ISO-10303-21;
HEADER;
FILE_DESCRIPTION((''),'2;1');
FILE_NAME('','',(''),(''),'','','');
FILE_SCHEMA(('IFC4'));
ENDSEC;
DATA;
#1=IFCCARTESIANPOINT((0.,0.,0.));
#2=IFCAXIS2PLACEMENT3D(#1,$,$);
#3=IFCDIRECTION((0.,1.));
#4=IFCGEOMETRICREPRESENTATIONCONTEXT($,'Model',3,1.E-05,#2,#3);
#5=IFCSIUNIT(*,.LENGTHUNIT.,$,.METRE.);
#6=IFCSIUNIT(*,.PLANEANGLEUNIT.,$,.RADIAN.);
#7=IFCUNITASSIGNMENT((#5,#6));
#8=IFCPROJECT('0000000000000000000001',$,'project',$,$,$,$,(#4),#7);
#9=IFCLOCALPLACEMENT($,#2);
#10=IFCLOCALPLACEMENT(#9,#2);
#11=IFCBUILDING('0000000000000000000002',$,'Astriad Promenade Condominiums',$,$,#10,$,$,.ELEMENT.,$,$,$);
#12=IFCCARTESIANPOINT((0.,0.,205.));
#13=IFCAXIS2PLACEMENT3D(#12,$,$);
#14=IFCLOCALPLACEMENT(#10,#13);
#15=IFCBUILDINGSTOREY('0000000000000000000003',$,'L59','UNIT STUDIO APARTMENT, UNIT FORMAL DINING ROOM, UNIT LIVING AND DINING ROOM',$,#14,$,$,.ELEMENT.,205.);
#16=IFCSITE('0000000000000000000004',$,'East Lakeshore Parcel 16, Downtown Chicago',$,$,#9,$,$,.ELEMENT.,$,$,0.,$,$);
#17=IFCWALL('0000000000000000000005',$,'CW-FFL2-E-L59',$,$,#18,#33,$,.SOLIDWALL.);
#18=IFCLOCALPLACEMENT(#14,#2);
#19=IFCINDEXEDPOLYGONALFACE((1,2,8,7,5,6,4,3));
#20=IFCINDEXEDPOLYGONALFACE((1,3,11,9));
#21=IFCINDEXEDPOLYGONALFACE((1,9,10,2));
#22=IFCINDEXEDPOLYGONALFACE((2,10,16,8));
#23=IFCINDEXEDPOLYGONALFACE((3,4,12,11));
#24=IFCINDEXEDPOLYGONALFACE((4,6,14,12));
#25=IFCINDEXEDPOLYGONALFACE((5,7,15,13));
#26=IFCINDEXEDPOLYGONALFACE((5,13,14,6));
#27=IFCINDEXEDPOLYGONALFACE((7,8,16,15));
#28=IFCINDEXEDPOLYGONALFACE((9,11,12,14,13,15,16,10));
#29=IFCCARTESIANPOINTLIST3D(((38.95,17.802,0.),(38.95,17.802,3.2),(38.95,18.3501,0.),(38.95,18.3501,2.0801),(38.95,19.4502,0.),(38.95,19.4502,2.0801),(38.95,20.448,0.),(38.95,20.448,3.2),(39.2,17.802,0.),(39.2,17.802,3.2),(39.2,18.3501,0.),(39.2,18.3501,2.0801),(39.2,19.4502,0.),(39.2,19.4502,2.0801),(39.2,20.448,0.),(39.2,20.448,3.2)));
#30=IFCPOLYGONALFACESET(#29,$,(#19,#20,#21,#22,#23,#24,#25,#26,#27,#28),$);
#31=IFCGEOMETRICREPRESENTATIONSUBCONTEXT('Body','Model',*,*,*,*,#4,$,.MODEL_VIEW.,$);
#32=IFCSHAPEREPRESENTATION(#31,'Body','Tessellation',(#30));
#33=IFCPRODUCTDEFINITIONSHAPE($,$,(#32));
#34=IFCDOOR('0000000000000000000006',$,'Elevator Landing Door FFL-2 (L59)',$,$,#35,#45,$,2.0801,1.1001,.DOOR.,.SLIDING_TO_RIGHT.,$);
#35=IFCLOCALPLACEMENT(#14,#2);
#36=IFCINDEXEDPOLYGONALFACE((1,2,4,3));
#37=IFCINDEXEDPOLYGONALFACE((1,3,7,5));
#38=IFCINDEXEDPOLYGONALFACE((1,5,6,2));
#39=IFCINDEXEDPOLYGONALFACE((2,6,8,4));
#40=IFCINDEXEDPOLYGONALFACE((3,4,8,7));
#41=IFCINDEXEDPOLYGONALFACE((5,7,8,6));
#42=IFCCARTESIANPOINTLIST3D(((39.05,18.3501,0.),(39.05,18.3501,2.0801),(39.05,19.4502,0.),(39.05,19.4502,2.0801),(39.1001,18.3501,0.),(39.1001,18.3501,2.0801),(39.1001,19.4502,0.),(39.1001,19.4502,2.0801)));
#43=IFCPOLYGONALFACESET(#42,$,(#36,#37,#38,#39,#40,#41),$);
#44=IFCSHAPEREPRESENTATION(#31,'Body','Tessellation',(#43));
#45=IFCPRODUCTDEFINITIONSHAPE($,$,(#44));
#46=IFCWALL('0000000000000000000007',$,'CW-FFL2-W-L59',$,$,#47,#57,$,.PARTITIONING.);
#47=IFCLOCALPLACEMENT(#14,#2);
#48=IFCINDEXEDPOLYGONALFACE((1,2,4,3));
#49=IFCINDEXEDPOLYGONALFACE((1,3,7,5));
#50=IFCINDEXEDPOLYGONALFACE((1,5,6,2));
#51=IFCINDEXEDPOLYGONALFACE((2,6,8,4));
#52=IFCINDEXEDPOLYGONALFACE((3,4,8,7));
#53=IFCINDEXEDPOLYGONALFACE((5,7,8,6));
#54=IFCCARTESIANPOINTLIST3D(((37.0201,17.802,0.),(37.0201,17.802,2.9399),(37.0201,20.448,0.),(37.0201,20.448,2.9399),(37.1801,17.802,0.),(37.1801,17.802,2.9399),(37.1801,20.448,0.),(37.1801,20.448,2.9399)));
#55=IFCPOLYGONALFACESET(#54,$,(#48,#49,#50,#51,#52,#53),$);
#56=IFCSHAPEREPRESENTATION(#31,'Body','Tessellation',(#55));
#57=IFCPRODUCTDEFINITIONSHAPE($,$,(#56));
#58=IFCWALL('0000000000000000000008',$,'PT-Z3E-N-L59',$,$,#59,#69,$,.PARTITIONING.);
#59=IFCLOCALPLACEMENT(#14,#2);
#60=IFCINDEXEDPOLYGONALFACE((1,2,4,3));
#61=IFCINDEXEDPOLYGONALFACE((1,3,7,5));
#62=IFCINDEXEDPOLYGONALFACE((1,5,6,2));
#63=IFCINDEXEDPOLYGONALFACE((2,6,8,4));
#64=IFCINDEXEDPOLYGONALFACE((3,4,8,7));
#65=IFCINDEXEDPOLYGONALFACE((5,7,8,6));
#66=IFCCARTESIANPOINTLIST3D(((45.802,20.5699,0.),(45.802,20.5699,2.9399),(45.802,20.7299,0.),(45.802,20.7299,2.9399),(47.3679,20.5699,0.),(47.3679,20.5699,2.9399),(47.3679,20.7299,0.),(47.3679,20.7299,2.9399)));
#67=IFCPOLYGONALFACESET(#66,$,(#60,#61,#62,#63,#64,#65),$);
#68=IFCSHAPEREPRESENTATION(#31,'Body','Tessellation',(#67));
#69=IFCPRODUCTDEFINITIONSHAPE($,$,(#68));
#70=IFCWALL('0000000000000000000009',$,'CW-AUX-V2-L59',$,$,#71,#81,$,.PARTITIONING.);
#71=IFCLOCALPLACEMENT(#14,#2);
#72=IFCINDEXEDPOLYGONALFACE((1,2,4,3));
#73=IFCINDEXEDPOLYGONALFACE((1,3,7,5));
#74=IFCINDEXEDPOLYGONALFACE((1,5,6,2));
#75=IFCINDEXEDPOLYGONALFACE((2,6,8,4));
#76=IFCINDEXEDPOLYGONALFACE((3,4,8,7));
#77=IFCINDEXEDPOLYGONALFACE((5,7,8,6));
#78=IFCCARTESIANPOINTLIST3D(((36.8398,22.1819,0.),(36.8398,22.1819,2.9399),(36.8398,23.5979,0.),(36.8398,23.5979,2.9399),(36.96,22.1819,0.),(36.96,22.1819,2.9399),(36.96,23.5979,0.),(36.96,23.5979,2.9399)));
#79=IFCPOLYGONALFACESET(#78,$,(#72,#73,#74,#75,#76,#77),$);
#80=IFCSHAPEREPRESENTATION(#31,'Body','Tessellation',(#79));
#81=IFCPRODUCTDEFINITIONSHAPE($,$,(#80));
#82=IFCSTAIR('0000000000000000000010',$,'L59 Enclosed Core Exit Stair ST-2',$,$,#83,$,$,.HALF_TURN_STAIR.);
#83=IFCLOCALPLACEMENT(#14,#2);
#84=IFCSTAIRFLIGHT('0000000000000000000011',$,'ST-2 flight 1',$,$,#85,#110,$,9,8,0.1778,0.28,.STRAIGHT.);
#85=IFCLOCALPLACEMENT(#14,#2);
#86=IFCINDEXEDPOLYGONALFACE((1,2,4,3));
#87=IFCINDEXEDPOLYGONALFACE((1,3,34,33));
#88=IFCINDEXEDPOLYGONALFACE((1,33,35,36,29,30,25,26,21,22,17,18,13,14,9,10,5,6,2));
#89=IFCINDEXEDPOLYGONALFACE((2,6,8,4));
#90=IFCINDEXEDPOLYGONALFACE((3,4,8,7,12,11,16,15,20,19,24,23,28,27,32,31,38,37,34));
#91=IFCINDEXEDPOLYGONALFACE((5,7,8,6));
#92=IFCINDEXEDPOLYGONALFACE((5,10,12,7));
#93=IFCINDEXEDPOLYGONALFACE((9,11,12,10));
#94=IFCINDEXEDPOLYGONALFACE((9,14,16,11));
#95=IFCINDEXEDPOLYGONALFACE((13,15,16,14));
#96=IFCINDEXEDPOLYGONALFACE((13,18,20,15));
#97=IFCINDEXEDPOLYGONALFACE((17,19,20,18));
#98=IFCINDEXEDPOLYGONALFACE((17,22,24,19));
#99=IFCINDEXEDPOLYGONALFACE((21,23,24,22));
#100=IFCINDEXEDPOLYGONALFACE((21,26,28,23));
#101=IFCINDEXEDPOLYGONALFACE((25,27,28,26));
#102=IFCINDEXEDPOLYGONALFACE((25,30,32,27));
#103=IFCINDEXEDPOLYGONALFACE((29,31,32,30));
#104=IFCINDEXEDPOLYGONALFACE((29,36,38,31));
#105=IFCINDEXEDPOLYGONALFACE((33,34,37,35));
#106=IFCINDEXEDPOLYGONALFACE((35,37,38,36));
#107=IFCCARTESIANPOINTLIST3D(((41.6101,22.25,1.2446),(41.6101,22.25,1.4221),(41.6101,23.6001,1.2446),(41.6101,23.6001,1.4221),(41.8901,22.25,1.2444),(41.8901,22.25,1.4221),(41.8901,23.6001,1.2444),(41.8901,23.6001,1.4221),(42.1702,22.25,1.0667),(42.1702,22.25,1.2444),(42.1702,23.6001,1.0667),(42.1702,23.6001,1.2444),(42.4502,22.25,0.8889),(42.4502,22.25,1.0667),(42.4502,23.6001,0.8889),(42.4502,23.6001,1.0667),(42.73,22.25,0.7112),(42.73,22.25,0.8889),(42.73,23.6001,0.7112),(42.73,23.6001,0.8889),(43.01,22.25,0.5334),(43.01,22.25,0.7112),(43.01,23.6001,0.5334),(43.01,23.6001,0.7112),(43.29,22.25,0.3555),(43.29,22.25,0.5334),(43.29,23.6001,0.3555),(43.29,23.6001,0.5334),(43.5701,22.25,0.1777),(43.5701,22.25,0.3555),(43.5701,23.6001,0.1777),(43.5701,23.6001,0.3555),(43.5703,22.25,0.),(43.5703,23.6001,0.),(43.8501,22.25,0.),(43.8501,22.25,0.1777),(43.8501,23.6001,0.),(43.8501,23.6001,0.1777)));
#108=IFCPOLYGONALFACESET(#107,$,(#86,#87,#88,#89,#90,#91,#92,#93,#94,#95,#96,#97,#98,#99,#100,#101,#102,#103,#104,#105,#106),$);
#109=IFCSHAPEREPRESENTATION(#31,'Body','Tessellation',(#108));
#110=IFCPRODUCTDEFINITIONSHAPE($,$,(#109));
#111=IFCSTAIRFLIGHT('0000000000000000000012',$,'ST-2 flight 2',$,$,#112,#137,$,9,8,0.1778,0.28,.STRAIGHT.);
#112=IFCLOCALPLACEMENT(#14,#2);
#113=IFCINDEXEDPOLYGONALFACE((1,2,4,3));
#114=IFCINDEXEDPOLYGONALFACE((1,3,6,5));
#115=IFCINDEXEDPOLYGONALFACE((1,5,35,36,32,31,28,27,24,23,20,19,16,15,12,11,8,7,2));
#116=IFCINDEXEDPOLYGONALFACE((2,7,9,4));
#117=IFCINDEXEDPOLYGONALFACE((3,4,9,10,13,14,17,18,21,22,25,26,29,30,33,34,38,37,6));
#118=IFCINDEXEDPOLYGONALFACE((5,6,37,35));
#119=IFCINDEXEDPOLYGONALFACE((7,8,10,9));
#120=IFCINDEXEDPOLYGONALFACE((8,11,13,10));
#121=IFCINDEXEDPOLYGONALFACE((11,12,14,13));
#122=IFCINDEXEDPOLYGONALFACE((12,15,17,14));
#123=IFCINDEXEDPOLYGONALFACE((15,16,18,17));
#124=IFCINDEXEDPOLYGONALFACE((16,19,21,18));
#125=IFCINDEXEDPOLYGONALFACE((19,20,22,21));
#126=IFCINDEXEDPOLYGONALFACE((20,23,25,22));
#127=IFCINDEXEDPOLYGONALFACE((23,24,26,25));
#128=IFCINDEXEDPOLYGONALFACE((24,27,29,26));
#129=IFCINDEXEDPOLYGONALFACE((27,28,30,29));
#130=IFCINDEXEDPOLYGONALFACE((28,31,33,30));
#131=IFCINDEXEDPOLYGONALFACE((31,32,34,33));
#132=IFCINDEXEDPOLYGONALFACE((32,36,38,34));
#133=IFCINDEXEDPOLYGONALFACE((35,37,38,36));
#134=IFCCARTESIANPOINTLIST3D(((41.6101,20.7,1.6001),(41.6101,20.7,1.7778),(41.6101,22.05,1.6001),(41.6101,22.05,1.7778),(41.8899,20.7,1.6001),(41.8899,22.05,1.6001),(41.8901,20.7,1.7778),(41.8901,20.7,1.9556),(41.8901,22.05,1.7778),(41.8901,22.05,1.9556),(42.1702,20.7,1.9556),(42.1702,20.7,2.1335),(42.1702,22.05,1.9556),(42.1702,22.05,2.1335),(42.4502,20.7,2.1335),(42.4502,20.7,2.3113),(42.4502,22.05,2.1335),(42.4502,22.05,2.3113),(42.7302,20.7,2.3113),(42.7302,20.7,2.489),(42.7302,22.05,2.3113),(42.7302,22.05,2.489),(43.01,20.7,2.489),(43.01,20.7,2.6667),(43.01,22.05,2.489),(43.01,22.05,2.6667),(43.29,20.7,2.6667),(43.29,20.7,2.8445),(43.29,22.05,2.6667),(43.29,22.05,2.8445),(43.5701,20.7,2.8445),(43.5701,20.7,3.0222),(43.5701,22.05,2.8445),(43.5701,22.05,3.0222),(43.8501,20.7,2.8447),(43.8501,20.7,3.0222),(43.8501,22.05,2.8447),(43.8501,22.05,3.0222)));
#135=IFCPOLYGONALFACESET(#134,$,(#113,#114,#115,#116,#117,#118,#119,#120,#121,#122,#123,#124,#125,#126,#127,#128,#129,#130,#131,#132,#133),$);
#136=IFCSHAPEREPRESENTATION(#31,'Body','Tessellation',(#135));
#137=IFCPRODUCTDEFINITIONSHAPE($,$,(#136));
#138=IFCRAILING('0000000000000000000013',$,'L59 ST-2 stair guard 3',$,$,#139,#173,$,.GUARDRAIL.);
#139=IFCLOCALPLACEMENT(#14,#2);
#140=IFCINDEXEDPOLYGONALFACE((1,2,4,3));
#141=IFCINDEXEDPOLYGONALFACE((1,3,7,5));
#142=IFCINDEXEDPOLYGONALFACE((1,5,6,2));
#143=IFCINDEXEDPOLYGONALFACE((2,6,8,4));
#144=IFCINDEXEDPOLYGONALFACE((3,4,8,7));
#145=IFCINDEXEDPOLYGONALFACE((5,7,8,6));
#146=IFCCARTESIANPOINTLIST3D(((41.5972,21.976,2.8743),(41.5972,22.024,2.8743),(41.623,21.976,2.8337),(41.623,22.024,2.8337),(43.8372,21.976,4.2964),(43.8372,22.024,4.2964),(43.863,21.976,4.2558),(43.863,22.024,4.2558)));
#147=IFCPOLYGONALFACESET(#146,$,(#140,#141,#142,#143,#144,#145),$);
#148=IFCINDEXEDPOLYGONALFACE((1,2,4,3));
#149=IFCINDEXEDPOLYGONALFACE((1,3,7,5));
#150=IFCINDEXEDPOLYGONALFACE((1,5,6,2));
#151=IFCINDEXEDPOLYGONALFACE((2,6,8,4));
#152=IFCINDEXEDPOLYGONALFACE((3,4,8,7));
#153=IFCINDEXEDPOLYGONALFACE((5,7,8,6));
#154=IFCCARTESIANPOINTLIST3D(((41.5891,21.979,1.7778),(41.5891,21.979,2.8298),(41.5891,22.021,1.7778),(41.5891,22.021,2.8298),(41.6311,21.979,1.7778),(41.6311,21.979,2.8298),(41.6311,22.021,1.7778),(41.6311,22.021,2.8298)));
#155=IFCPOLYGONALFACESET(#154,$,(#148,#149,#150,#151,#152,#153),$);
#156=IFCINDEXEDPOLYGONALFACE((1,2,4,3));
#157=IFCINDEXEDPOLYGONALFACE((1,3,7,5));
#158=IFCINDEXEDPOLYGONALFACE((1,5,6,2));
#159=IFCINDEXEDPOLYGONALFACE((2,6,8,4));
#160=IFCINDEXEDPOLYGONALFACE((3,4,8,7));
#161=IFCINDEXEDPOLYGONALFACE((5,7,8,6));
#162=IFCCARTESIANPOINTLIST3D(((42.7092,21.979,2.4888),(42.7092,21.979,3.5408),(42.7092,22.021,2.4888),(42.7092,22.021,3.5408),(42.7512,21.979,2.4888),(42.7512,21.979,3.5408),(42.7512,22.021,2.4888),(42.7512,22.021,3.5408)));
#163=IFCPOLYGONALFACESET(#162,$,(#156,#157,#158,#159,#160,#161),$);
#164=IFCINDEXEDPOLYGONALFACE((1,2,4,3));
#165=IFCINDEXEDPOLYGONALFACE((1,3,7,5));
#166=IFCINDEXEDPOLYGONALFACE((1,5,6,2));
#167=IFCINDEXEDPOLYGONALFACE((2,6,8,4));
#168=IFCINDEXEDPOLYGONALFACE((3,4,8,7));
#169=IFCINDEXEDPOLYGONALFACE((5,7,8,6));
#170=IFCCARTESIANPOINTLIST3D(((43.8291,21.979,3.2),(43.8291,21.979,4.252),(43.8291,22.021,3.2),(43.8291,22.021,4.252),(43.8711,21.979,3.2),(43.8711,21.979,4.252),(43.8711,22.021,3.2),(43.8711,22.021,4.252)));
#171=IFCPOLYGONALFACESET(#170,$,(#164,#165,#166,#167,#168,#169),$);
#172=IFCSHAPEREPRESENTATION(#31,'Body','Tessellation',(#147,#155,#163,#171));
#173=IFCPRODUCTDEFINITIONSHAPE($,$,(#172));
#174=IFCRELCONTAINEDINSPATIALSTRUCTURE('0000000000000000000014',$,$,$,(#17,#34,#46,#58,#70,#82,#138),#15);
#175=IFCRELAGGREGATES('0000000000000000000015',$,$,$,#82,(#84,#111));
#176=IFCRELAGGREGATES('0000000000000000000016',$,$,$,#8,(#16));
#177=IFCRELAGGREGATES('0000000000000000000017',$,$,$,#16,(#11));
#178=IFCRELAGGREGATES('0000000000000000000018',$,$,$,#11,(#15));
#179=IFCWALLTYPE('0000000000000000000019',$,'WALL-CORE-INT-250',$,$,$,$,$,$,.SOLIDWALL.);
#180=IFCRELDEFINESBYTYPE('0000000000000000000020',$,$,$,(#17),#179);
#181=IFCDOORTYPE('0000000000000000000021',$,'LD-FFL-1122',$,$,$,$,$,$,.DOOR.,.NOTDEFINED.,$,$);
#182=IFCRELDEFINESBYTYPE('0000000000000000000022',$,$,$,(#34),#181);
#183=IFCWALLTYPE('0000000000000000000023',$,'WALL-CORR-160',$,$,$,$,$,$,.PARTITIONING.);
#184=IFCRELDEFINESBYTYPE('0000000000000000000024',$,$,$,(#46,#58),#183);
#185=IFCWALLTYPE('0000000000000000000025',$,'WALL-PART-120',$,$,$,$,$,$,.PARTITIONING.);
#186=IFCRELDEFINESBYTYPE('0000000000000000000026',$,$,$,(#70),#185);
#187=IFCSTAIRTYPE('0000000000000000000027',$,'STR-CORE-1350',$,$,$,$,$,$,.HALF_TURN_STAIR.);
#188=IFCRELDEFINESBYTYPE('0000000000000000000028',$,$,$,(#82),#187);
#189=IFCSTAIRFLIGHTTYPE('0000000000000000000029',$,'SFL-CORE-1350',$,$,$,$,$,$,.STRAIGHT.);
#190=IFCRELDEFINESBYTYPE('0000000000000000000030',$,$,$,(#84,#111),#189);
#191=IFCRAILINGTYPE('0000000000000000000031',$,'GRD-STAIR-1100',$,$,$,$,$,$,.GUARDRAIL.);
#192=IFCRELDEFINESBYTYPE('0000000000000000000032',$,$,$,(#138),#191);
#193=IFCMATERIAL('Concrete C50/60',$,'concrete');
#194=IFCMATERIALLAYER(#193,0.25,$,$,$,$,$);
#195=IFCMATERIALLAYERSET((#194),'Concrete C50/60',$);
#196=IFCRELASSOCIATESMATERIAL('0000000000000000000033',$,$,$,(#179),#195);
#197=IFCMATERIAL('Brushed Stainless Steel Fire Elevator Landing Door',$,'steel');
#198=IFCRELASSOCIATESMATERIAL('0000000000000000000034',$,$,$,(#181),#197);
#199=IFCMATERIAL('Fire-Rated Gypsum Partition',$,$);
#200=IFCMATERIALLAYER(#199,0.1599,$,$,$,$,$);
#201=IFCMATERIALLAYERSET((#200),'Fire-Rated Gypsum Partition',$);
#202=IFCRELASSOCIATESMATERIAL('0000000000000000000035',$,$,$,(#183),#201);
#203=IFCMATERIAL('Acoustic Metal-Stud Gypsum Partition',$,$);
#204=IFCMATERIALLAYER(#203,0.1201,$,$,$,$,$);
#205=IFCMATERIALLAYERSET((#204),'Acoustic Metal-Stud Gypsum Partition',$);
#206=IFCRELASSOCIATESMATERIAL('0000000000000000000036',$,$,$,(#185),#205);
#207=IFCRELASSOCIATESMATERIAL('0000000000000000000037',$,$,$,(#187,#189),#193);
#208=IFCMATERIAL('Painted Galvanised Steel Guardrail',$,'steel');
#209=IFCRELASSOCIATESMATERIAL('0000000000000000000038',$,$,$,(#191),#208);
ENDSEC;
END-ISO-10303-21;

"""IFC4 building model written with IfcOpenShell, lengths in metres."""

from ifc_helpers import new_model, si_unit, direction, frame, frame_2d, origin, origin_2d, place, context, subcontext, project, spatial, polyline, rectangle, outline, extrude, source, transform, mapped, material, layer, layer_set, type_object, type_shapes, element, fill, aggregate, save


model = new_model("IFC4")

# Units and contexts
model_context = context("Model", 3, precision=1e-05, world=origin(), true_north=direction((0.0, 1.0)))
body_context = subcontext(model_context, "Body", "Model", "MODEL_VIEW")
ifc_project = project(units=[si_unit("LENGTHUNIT", "METRE"), si_unit("PLANEANGLEUNIT", "RADIAN")], contexts=[model_context])

# Site, building, storey
site_placement = place(None, origin())
site = spatial("IfcSite", under=ifc_project, at=site_placement, Name="East Lakeshore Parcel 16, Downtown Chicago", CompositionType="ELEMENT", RefElevation=0.0)
building_placement = place(site_placement, origin())
building = spatial("IfcBuilding", under=site, at=building_placement, Name="Astriad Promenade Condominiums", CompositionType="ELEMENT")
storey_placement = place(building_placement, frame((0.0, 0.0, 205.0)))
storey = spatial("IfcBuildingStorey", under=building, at=storey_placement, Name="L59", Description="UNIT STUDIO APARTMENT, UNIT FORMAL DINING ROOM, UNIT LIVING AND DINING ROOM", CompositionType="ELEMENT", Elevation=205.0)

# Shared definitions
ifc_material_1 = material(Name="Concrete C50/60", Category="concrete")

# Shared definitions
ifc_layer_1 = layer(ifc_material_1, 0.25)
ifc_layer_set_1 = layer_set([ifc_layer_1], Name="Concrete C50/60")
wall_type_1 = type_object("IfcWallType", Name="WALL-CORE-INT-250", PredefinedType="SOLIDWALL", material=ifc_layer_set_1)

# Wall, opening, door
wall_1_placement = place(storey_placement, frame((39.075, 17.802, 0.0), z_axis=(0.0, 0.0, 1.0), x_axis=(0.0, 1.0, 0.0)))
wall_1 = element("IfcWall", 1, at=wall_1_placement, inside=storey, type_object=wall_type_1, Name="CW-FFL2-E-L59", PredefinedType="SOLIDWALL", context=body_context, shape_type="SweptSolid", body=[
    extrude(rectangle(XDim=2.646, YDim=0.25, at=frame_2d((1.323, 0.0))), origin(), (0.0, 0.0, 1.0), 3.2),
])
opening_1_placement = place(wall_1_placement, frame((0.5481, 0.0, 0.0)))
opening_1 = element("IfcOpeningElement", 2, at=opening_1_placement, cuts=wall_1, PredefinedType="OPENING", context=body_context, shape_type="SweptSolid", body=[
    extrude(rectangle(XDim=1.1001, YDim=2.0801, at=frame_2d((0.55, 1.04))), frame((0.0, 0.135, 0.0), z_axis=(0.0, -1.0, 0.0), x_axis=(1.0, 0.0, 0.0)), (0.0, 0.0, 1.0), 0.27),
])
ifc_material_2 = material(Name="Brushed Stainless Steel Fire Elevator Landing Door", Category="steel")
door_type_1 = type_object("IfcDoorType", Name="LD-FFL-1122", OperationType="NOTDEFINED", PredefinedType="DOOR", material=ifc_material_2)
shared_shape_1 = source(origin(), body_context, "Body", "SweptSolid", [
    extrude(rectangle(XDim=1.1001, YDim=2.0801, at=frame_2d((0.55, 1.04))), frame((0.0, 0.0249, 0.0), z_axis=(0.0, -1.0, 0.0), x_axis=(1.0, 0.0, 0.0)), (0.0, 0.0, 1.0), 0.05),
])
type_shapes(door_type_1, [shared_shape_1])
door_1_placement = place(opening_1_placement, origin())
door_1 = element("IfcDoor", 3, at=door_1_placement, inside=storey, type_object=door_type_1, Name="Elevator Landing Door FFL-2 (L59)", OperationType="SLIDING_TO_RIGHT", OverallHeight=2.0801, OverallWidth=1.1001, PredefinedType="DOOR", context=body_context, shape_type="MappedRepresentation", body=[
    mapped(shared_shape_1, transform((0.0, 0.0, 0.0), scale=1.0)),
])
fill(opening_1, door_1)

# Walls
ifc_material_3 = material(Name="Fire-Rated Gypsum Partition")
ifc_layer_2 = layer(ifc_material_3, 0.1599)
ifc_layer_set_2 = layer_set([ifc_layer_2], Name="Fire-Rated Gypsum Partition")
wall_type_2 = type_object("IfcWallType", Name="WALL-CORR-160", PredefinedType="PARTITIONING", material=ifc_layer_set_2)
wall_2_placement = place(storey_placement, frame((37.1001, 17.802, 0.0), z_axis=(0.0, 0.0, 1.0), x_axis=(0.0, 1.0, 0.0)))
element("IfcWall", 4, at=wall_2_placement, inside=storey, type_object=wall_type_2, Name="CW-FFL2-W-L59", PredefinedType="PARTITIONING", context=body_context, shape_type="SweptSolid", body=[
    extrude(rectangle(XDim=2.646, YDim=0.1599, at=frame_2d((1.323, 0.0))), origin(), (0.0, 0.0, 1.0), 2.9399),
])
wall_3_placement = place(storey_placement, frame((45.802, 20.6499, 0.0), z_axis=(0.0, 0.0, 1.0), x_axis=(1.0, 0.0, 0.0)))
element("IfcWall", 5, at=wall_3_placement, inside=storey, type_object=wall_type_2, Name="PT-Z3E-N-L59", PredefinedType="PARTITIONING", context=body_context, shape_type="SweptSolid", body=[
    extrude(rectangle(XDim=1.5659, YDim=0.1599, at=frame_2d((0.783, 0.0))), origin(), (0.0, 0.0, 1.0), 2.9399),
])
ifc_material_4 = material(Name="Acoustic Metal-Stud Gypsum Partition")
ifc_layer_3 = layer(ifc_material_4, 0.1201)
ifc_layer_set_3 = layer_set([ifc_layer_3], Name="Acoustic Metal-Stud Gypsum Partition")
wall_type_3 = type_object("IfcWallType", Name="WALL-PART-120", PredefinedType="PARTITIONING", material=ifc_layer_set_3)
wall_4_placement = place(storey_placement, frame((36.8999, 22.1819, 0.0), z_axis=(0.0, 0.0, 1.0), x_axis=(0.0, 1.0, 0.0)))
element("IfcWall", 6, at=wall_4_placement, inside=storey, type_object=wall_type_3, Name="CW-AUX-V2-L59", PredefinedType="PARTITIONING", context=body_context, shape_type="SweptSolid", body=[
    extrude(rectangle(XDim=1.416, YDim=0.1201, at=frame_2d((0.708, 0.0))), origin(), (0.0, 0.0, 1.0), 2.9399),
])

# Stair, stair flights
stair_type = type_object("IfcStairType", Name="STR-CORE-1350", PredefinedType="HALF_TURN_STAIR", material=ifc_material_1)
stair_placement = place(storey_placement, origin())
stair = element("IfcStair", 7, at=stair_placement, inside=storey, type_object=stair_type, Name="L59 Enclosed Core Exit Stair ST-2", PredefinedType="HALF_TURN_STAIR")
stair_flight_type = type_object("IfcStairFlightType", Name="SFL-CORE-1350", PredefinedType="STRAIGHT", material=ifc_material_1)
shared_shape_2 = source(origin(), body_context, "Body", "SweptSolid", [
    extrude(outline(polyline([(0.0, 0.0), (0.0, 0.1777), (0.28, 0.1777), (0.28, 0.3555), (0.5601, 0.3555), (0.5601, 0.5334), (0.8401, 0.5334), (0.8401, 0.7112), (1.1201, 0.7112), (1.1201, 0.8889), (1.3999, 0.8889), (1.3999, 1.0667), (1.6799, 1.0667), (1.6799, 1.2444), (1.96, 1.2444), (1.96, 1.4221), (2.24, 1.4221), (2.24, 1.6001), (2.24, 1.2446), (0.2798, 0.0), (0.0, 0.0)])), frame((0.0, 0.675, 0.0), z_axis=(0.0, -1.0, 0.0), x_axis=(1.0, 0.0, 0.0)), (0.0, 0.0, 1.0), 1.3501),
])
type_shapes(stair_flight_type, [shared_shape_2])
stair_flight_1_placement = place(storey_placement, frame((43.8501, 22.925, 0.0), z_axis=(0.0, 0.0, 1.0), x_axis=(-1.0, 0.0, 0.0)))
stair_flight_1 = element("IfcStairFlight", 8, at=stair_flight_1_placement, type_object=stair_flight_type, Name="ST-2 flight 1", NumberOfRisers=9, NumberOfTreads=8, PredefinedType="STRAIGHT", RiserHeight=0.1778, TreadLength=0.28, context=body_context, shape_type="MappedRepresentation", body=[
    mapped(shared_shape_2, transform((0.0, 0.0, 0.0), scale=1.0)),
])
stair_flight_2_placement = place(storey_placement, frame((41.6101, 21.375, 1.6001), z_axis=(0.0, 0.0, 1.0), x_axis=(1.0, 0.0, 0.0)))
stair_flight_2 = element("IfcStairFlight", 9, at=stair_flight_2_placement, type_object=stair_flight_type, Name="ST-2 flight 2", NumberOfRisers=9, NumberOfTreads=8, PredefinedType="STRAIGHT", RiserHeight=0.1778, TreadLength=0.28, context=body_context, shape_type="MappedRepresentation", body=[
    mapped(shared_shape_2, transform((0.0, 0.0, 0.0), scale=1.0)),
])
aggregate(stair, [stair_flight_1, stair_flight_2])

# Railing
ifc_material_5 = material(Name="Painted Galvanised Steel Guardrail", Category="steel")
railing_type_1 = type_object("IfcRailingType", Name="GRD-STAIR-1100", PredefinedType="GUARDRAIL", material=ifc_material_5)
shared_shape_3 = source(origin(), body_context, "Body", "SweptSolid", [
    extrude(rectangle(XDim=0.0481, YDim=0.0481, at=origin_2d()), frame((0.0, 0.0, 1.0762), z_axis=(0.844229, 0.0, 0.535982), x_axis=(0.0, 1.0, 0.0)), (0.0, 0.0, 1.0), 2.6533),
    extrude(rectangle(XDim=0.042, YDim=0.042, at=origin_2d()), origin(), (0.0, 0.0, 1.0), 1.052),
    extrude(rectangle(XDim=0.042, YDim=0.042, at=origin_2d()), frame((1.1201, 0.0, 0.7109)), (0.0, 0.0, 1.0), 1.052),
    extrude(rectangle(XDim=0.042, YDim=0.042, at=origin_2d()), frame((2.24, 0.0, 1.4221)), (0.0, 0.0, 1.0), 1.052),
])
railing_1_placement = place(storey_placement, frame((41.6101, 22.0, 1.7778)))
element("IfcRailing", 10, at=railing_1_placement, inside=storey, type_object=railing_type_1, Name="L59 ST-2 stair guard 3", PredefinedType="GUARDRAIL", context=body_context, shape_type="MappedRepresentation", body=[
    mapped(shared_shape_3, transform((0.0, 0.0, 0.0), scale=1.0)),
])

save(model, "model.ifc")
